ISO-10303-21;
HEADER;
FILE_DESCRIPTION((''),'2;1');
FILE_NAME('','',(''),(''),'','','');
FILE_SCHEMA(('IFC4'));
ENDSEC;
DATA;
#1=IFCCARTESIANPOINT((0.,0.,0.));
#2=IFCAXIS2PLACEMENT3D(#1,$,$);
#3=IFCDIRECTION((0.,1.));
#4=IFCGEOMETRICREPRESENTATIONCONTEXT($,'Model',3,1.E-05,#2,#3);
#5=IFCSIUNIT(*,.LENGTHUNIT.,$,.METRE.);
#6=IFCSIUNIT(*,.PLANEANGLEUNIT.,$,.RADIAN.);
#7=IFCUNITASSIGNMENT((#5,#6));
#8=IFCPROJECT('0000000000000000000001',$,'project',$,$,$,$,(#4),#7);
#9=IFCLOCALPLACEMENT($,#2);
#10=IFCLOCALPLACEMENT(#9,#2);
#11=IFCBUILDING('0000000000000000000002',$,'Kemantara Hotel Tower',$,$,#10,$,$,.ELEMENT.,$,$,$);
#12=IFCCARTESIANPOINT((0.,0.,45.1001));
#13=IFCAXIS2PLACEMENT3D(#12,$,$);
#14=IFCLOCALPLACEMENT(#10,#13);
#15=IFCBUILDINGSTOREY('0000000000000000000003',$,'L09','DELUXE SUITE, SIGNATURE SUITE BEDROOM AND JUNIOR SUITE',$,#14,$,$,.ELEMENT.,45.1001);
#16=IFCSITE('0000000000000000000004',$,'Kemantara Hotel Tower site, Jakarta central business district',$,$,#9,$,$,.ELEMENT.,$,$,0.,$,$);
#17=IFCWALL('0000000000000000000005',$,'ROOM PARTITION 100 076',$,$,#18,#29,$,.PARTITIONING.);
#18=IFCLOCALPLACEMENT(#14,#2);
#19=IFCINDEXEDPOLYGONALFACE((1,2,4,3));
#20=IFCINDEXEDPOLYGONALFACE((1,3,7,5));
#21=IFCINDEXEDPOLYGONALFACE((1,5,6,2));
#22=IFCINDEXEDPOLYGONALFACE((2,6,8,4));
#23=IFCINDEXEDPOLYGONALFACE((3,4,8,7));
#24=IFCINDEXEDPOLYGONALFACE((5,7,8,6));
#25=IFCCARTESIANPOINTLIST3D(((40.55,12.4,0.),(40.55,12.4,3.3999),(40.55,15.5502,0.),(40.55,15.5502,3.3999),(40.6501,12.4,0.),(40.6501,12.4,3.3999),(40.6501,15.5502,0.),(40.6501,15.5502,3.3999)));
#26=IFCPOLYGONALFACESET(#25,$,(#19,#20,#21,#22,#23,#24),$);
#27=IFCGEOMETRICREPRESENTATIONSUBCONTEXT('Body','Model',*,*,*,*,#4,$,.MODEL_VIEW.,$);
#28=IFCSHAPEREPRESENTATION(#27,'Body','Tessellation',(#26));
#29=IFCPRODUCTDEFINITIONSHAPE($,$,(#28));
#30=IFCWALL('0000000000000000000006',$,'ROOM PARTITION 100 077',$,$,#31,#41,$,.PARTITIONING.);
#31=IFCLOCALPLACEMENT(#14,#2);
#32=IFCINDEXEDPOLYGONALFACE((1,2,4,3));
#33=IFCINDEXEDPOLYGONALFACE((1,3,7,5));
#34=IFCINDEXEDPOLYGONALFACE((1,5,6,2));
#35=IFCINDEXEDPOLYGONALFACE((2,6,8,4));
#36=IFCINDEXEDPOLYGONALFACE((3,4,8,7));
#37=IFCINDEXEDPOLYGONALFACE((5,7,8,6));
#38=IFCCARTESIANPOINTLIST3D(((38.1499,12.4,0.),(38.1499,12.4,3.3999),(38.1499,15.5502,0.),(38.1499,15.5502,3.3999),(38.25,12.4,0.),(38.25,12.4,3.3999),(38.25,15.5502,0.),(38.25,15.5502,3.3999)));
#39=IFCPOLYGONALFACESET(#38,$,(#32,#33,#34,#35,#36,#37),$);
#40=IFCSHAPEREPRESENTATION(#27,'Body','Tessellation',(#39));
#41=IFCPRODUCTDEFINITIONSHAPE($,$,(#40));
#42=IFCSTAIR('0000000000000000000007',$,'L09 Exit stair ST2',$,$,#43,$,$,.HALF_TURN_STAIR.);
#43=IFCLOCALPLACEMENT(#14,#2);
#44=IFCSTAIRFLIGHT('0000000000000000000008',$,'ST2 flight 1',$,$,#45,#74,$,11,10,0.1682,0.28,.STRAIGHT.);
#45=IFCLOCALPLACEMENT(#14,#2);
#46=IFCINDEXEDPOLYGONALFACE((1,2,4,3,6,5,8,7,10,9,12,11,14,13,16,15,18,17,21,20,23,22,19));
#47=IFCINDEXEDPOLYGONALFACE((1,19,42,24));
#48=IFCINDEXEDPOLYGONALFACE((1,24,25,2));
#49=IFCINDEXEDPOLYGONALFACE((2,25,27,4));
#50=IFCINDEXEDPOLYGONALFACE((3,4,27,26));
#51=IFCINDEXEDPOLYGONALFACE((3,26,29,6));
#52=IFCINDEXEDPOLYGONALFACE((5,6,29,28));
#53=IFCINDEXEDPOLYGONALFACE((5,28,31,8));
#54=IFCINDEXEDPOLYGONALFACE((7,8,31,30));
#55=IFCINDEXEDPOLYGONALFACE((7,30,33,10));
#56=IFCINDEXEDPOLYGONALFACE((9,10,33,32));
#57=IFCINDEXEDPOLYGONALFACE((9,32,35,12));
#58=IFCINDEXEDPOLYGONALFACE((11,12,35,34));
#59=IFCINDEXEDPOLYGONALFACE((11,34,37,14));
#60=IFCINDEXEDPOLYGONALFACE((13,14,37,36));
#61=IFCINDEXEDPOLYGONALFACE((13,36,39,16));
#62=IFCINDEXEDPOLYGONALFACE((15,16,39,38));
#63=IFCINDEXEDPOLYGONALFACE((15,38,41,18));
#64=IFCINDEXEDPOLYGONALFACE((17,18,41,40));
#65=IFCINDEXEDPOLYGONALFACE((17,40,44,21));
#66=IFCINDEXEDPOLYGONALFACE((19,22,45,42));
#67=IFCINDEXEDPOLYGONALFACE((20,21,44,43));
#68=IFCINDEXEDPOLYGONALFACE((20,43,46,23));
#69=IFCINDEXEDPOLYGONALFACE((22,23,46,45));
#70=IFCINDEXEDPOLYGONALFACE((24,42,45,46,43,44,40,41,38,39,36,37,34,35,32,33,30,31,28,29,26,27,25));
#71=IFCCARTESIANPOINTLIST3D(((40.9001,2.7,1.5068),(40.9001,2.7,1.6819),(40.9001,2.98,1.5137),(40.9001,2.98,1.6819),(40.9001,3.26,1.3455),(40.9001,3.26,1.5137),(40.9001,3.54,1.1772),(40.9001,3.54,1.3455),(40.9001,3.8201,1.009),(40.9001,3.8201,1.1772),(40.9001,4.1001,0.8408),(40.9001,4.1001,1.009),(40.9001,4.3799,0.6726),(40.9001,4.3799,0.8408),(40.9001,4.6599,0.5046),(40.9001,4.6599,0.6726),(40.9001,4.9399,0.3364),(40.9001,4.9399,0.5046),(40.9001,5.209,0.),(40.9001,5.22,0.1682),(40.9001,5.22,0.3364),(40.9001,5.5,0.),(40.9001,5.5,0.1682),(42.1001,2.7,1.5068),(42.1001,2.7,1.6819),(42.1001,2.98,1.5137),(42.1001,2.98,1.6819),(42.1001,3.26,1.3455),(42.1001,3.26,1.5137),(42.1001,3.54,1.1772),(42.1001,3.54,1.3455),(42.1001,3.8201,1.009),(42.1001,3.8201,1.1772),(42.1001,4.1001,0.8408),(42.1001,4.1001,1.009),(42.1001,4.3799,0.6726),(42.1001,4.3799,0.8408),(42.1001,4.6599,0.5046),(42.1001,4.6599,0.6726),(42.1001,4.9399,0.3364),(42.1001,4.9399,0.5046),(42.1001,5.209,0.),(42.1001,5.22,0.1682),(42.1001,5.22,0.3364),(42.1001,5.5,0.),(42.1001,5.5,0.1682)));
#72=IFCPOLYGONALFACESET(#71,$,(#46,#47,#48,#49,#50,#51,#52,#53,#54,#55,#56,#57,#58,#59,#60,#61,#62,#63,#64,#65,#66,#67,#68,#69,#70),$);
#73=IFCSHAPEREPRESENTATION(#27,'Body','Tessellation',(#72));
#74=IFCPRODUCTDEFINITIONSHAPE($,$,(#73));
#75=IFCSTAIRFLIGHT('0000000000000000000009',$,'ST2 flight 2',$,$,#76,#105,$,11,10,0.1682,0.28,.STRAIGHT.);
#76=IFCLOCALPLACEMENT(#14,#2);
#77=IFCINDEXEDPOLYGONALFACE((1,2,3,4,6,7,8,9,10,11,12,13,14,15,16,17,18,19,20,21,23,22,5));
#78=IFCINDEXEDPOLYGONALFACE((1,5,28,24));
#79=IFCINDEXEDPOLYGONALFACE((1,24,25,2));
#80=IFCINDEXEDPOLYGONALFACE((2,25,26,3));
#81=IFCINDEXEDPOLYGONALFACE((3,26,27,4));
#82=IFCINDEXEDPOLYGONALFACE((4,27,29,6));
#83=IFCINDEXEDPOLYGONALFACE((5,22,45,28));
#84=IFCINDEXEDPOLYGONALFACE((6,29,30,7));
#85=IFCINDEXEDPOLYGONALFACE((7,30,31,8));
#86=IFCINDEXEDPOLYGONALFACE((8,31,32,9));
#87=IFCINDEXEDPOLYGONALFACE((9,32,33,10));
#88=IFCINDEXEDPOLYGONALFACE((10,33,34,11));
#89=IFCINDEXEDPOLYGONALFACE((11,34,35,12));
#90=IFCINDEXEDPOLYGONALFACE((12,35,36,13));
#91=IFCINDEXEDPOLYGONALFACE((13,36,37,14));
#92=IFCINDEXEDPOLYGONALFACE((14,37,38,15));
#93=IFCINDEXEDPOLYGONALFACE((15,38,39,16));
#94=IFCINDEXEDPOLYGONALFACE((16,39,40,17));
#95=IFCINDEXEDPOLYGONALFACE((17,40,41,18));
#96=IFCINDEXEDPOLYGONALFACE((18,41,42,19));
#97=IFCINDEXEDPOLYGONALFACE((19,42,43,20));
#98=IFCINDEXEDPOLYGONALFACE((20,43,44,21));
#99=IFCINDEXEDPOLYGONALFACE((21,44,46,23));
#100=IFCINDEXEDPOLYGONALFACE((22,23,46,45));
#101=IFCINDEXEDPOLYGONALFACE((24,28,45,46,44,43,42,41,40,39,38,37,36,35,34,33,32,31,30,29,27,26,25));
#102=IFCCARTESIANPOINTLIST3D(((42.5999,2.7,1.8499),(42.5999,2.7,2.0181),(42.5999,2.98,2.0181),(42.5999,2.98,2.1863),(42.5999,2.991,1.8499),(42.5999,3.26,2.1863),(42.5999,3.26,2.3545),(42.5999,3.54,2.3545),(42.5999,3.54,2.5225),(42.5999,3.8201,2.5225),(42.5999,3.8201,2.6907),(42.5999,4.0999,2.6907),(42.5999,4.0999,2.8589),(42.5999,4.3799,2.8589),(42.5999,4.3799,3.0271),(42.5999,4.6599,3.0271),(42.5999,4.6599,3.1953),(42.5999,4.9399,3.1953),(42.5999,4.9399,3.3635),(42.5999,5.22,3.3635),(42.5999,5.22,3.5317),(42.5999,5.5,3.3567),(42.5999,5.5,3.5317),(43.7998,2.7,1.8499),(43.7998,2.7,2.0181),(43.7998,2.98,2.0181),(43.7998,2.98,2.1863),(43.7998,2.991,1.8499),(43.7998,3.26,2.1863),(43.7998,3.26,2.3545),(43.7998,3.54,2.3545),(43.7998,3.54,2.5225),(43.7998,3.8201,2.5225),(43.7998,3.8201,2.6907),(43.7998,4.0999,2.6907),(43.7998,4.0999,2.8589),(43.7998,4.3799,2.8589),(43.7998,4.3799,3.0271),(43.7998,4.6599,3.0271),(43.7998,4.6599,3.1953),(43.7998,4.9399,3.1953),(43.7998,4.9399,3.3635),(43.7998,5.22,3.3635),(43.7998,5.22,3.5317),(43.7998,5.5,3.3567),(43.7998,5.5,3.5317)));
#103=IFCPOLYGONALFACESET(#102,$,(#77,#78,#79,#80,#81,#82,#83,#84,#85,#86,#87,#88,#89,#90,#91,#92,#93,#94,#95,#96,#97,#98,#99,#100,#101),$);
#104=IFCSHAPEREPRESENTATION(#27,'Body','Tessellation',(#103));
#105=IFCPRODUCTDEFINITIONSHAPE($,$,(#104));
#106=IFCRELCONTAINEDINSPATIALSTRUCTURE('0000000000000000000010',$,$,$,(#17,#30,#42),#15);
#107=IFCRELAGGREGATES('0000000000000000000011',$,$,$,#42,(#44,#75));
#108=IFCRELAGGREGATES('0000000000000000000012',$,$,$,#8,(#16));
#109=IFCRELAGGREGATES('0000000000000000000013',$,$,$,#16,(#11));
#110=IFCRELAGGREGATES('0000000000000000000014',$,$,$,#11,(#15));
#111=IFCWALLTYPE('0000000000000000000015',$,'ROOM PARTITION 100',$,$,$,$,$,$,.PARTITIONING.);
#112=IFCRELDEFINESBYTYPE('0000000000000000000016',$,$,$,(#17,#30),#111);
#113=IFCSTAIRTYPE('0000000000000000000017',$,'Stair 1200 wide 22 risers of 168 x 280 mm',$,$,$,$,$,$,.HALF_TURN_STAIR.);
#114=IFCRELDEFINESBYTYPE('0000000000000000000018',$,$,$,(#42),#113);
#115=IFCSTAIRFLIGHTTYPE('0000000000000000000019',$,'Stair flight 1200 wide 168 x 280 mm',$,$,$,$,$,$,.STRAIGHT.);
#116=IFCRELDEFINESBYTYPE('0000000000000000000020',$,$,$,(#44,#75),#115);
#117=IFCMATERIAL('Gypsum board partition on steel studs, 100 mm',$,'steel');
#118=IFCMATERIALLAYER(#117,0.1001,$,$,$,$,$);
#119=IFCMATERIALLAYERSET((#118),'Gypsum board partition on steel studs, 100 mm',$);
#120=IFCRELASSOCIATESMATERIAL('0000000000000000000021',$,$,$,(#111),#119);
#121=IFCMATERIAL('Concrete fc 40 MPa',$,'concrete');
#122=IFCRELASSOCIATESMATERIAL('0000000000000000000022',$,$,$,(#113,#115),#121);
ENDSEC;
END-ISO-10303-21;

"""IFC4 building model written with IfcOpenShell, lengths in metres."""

from ifc_helpers import new_model, si_unit, direction, frame, frame_2d, origin, place, context, subcontext, project, spatial, polyline, rectangle, outline, extrude, material, layer, layer_set, type_object, element, aggregate, save


model = new_model("IFC4")

# Units and contexts
model_context = context("Model", 3, precision=1e-05, world=origin(), true_north=direction((0.0, 1.0)))
body_context = subcontext(model_context, "Body", "Model", "MODEL_VIEW")
ifc_project = project(units=[si_unit("LENGTHUNIT", "METRE"), si_unit("PLANEANGLEUNIT", "RADIAN")], contexts=[model_context])

# Site, building, storey
site_placement = place(None, origin())
site = spatial("IfcSite", under=ifc_project, at=site_placement, Name="Kemantara Hotel Tower site, Jakarta central business district", CompositionType="ELEMENT", RefElevation=0.0)
building_placement = place(site_placement, origin())
building = spatial("IfcBuilding", under=site, at=building_placement, Name="Kemantara Hotel Tower", CompositionType="ELEMENT")
storey_placement = place(building_placement, frame((0.0, 0.0, 45.1001)))
storey = spatial("IfcBuildingStorey", under=building, at=storey_placement, Name="L09", Description="DELUXE SUITE, SIGNATURE SUITE BEDROOM AND JUNIOR SUITE", CompositionType="ELEMENT", Elevation=45.1001)

# Shared definitions
ifc_material_1 = material(Name="Gypsum board partition on steel studs, 100 mm", Category="steel")
ifc_layer_1 = layer(ifc_material_1, 0.1001)
ifc_layer_set_1 = layer_set([ifc_layer_1], Name="Gypsum board partition on steel studs, 100 mm")
wall_type_1 = type_object("IfcWallType", Name="ROOM PARTITION 100", PredefinedType="PARTITIONING", material=ifc_layer_set_1)

# Walls
for number, where, z_axis, x_axis, name in (
    (1, (40.6001, 12.3999, 0.0), (0.0, 0.0, 1.0), (0.0, 1.0, 0.0), "ROOM PARTITION 100 076"),
    (2, (38.2, 12.3999, 0.0), (0.0, 0.0, 1.0), (0.0, 1.0, 0.0), "ROOM PARTITION 100 077"),
):
    element("IfcWall", number, at=place(storey_placement, frame(where, z_axis=z_axis, x_axis=x_axis)), inside=storey, type_object=wall_type_1, Name=name, PredefinedType="PARTITIONING", context=body_context, shape_type="SweptSolid", body=[
        extrude(rectangle(XDim=3.1501, YDim=0.1001, at=frame_2d((1.5752, 0.0))), origin(), (0.0, 0.0, 1.0), 3.3999),
    ])

# Stair, stair flights
ifc_material_2 = material(Name="Concrete fc 40 MPa", Category="concrete")
stair_type = type_object("IfcStairType", Name="Stair 1200 wide 22 risers of 168 x 280 mm", PredefinedType="HALF_TURN_STAIR", material=ifc_material_2)
stair_placement = place(storey_placement, origin())
stair = element("IfcStair", 3, at=stair_placement, inside=storey, type_object=stair_type, Name="L09 Exit stair ST2", PredefinedType="HALF_TURN_STAIR")
stair_flight_type = type_object("IfcStairFlightType", Name="Stair flight 1200 wide 168 x 280 mm", PredefinedType="STRAIGHT", material=ifc_material_2)
stair_flight_1_placement = place(storey_placement, frame((41.5, 5.5, 0.0), z_axis=(0.0, 0.0, 1.0), x_axis=(0.0, -1.0, 0.0)))
stair_flight_1 = element("IfcStairFlight", 4, at=stair_flight_1_placement, type_object=stair_flight_type, Name="ST2 flight 1", NumberOfRisers=11, NumberOfTreads=10, PredefinedType="STRAIGHT", RiserHeight=0.1682, TreadLength=0.28, context=body_context, shape_type="SweptSolid", body=[
    extrude(outline(polyline([(0.0, 0.0), (0.0, 0.1682), (0.28, 0.1682), (0.28, 0.3364), (0.5601, 0.3364), (0.5601, 0.5046), (0.8401, 0.5046), (0.8401, 0.6726), (1.1201, 0.6726), (1.1201, 0.8408), (1.3999, 0.8408), (1.3999, 1.009), (1.6799, 1.009), (1.6799, 1.1772), (1.96, 1.1772), (1.96, 1.3455), (2.24, 1.3455), (2.24, 1.5137), (2.52, 1.5137), (2.52, 1.6819), (2.8, 1.6819), (2.8, 1.8501), (2.8, 1.5068), (0.291, 0.0), (0.0, 0.0)])), frame((0.0, 0.6001, 0.0), z_axis=(0.0, -1.0, 0.0), x_axis=(1.0, 0.0, 0.0)), (0.0, 0.0, 1.0), 1.2),
])
stair_flight_2_placement = place(storey_placement, frame((43.2, 2.7, 1.8499), z_axis=(0.0, 0.0, 1.0), x_axis=(0.0, 1.0, 0.0)))
stair_flight_2 = element("IfcStairFlight", 5, at=stair_flight_2_placement, type_object=stair_flight_type, Name="ST2 flight 2", NumberOfRisers=11, NumberOfTreads=10, PredefinedType="STRAIGHT", RiserHeight=0.1682, TreadLength=0.28, context=body_context, shape_type="SweptSolid", body=[
    extrude(outline(polyline([(0.0, 0.0), (0.0, 0.1682), (0.28, 0.1682), (0.28, 0.3364), (0.5601, 0.3364), (0.5601, 0.5046), (0.8401, 0.5046), (0.8401, 0.6726), (1.1201, 0.6726), (1.1201, 0.8408), (1.3999, 0.8408), (1.3999, 1.009), (1.6799, 1.009), (1.6799, 1.1772), (1.96, 1.1772), (1.96, 1.3455), (2.24, 1.3455), (2.24, 1.5137), (2.52, 1.5137), (2.52, 1.6819), (2.8, 1.6819), (2.8, 1.8501), (2.8, 1.5068), (0.291, 0.0), (0.0, 0.0)])), frame((0.0, 0.6001, 0.0), z_axis=(0.0, -1.0, 0.0), x_axis=(1.0, 0.0, 0.0)), (0.0, 0.0, 1.0), 1.2),
])
aggregate(stair, [stair_flight_1, stair_flight_2])

save(model, "model.ifc")
